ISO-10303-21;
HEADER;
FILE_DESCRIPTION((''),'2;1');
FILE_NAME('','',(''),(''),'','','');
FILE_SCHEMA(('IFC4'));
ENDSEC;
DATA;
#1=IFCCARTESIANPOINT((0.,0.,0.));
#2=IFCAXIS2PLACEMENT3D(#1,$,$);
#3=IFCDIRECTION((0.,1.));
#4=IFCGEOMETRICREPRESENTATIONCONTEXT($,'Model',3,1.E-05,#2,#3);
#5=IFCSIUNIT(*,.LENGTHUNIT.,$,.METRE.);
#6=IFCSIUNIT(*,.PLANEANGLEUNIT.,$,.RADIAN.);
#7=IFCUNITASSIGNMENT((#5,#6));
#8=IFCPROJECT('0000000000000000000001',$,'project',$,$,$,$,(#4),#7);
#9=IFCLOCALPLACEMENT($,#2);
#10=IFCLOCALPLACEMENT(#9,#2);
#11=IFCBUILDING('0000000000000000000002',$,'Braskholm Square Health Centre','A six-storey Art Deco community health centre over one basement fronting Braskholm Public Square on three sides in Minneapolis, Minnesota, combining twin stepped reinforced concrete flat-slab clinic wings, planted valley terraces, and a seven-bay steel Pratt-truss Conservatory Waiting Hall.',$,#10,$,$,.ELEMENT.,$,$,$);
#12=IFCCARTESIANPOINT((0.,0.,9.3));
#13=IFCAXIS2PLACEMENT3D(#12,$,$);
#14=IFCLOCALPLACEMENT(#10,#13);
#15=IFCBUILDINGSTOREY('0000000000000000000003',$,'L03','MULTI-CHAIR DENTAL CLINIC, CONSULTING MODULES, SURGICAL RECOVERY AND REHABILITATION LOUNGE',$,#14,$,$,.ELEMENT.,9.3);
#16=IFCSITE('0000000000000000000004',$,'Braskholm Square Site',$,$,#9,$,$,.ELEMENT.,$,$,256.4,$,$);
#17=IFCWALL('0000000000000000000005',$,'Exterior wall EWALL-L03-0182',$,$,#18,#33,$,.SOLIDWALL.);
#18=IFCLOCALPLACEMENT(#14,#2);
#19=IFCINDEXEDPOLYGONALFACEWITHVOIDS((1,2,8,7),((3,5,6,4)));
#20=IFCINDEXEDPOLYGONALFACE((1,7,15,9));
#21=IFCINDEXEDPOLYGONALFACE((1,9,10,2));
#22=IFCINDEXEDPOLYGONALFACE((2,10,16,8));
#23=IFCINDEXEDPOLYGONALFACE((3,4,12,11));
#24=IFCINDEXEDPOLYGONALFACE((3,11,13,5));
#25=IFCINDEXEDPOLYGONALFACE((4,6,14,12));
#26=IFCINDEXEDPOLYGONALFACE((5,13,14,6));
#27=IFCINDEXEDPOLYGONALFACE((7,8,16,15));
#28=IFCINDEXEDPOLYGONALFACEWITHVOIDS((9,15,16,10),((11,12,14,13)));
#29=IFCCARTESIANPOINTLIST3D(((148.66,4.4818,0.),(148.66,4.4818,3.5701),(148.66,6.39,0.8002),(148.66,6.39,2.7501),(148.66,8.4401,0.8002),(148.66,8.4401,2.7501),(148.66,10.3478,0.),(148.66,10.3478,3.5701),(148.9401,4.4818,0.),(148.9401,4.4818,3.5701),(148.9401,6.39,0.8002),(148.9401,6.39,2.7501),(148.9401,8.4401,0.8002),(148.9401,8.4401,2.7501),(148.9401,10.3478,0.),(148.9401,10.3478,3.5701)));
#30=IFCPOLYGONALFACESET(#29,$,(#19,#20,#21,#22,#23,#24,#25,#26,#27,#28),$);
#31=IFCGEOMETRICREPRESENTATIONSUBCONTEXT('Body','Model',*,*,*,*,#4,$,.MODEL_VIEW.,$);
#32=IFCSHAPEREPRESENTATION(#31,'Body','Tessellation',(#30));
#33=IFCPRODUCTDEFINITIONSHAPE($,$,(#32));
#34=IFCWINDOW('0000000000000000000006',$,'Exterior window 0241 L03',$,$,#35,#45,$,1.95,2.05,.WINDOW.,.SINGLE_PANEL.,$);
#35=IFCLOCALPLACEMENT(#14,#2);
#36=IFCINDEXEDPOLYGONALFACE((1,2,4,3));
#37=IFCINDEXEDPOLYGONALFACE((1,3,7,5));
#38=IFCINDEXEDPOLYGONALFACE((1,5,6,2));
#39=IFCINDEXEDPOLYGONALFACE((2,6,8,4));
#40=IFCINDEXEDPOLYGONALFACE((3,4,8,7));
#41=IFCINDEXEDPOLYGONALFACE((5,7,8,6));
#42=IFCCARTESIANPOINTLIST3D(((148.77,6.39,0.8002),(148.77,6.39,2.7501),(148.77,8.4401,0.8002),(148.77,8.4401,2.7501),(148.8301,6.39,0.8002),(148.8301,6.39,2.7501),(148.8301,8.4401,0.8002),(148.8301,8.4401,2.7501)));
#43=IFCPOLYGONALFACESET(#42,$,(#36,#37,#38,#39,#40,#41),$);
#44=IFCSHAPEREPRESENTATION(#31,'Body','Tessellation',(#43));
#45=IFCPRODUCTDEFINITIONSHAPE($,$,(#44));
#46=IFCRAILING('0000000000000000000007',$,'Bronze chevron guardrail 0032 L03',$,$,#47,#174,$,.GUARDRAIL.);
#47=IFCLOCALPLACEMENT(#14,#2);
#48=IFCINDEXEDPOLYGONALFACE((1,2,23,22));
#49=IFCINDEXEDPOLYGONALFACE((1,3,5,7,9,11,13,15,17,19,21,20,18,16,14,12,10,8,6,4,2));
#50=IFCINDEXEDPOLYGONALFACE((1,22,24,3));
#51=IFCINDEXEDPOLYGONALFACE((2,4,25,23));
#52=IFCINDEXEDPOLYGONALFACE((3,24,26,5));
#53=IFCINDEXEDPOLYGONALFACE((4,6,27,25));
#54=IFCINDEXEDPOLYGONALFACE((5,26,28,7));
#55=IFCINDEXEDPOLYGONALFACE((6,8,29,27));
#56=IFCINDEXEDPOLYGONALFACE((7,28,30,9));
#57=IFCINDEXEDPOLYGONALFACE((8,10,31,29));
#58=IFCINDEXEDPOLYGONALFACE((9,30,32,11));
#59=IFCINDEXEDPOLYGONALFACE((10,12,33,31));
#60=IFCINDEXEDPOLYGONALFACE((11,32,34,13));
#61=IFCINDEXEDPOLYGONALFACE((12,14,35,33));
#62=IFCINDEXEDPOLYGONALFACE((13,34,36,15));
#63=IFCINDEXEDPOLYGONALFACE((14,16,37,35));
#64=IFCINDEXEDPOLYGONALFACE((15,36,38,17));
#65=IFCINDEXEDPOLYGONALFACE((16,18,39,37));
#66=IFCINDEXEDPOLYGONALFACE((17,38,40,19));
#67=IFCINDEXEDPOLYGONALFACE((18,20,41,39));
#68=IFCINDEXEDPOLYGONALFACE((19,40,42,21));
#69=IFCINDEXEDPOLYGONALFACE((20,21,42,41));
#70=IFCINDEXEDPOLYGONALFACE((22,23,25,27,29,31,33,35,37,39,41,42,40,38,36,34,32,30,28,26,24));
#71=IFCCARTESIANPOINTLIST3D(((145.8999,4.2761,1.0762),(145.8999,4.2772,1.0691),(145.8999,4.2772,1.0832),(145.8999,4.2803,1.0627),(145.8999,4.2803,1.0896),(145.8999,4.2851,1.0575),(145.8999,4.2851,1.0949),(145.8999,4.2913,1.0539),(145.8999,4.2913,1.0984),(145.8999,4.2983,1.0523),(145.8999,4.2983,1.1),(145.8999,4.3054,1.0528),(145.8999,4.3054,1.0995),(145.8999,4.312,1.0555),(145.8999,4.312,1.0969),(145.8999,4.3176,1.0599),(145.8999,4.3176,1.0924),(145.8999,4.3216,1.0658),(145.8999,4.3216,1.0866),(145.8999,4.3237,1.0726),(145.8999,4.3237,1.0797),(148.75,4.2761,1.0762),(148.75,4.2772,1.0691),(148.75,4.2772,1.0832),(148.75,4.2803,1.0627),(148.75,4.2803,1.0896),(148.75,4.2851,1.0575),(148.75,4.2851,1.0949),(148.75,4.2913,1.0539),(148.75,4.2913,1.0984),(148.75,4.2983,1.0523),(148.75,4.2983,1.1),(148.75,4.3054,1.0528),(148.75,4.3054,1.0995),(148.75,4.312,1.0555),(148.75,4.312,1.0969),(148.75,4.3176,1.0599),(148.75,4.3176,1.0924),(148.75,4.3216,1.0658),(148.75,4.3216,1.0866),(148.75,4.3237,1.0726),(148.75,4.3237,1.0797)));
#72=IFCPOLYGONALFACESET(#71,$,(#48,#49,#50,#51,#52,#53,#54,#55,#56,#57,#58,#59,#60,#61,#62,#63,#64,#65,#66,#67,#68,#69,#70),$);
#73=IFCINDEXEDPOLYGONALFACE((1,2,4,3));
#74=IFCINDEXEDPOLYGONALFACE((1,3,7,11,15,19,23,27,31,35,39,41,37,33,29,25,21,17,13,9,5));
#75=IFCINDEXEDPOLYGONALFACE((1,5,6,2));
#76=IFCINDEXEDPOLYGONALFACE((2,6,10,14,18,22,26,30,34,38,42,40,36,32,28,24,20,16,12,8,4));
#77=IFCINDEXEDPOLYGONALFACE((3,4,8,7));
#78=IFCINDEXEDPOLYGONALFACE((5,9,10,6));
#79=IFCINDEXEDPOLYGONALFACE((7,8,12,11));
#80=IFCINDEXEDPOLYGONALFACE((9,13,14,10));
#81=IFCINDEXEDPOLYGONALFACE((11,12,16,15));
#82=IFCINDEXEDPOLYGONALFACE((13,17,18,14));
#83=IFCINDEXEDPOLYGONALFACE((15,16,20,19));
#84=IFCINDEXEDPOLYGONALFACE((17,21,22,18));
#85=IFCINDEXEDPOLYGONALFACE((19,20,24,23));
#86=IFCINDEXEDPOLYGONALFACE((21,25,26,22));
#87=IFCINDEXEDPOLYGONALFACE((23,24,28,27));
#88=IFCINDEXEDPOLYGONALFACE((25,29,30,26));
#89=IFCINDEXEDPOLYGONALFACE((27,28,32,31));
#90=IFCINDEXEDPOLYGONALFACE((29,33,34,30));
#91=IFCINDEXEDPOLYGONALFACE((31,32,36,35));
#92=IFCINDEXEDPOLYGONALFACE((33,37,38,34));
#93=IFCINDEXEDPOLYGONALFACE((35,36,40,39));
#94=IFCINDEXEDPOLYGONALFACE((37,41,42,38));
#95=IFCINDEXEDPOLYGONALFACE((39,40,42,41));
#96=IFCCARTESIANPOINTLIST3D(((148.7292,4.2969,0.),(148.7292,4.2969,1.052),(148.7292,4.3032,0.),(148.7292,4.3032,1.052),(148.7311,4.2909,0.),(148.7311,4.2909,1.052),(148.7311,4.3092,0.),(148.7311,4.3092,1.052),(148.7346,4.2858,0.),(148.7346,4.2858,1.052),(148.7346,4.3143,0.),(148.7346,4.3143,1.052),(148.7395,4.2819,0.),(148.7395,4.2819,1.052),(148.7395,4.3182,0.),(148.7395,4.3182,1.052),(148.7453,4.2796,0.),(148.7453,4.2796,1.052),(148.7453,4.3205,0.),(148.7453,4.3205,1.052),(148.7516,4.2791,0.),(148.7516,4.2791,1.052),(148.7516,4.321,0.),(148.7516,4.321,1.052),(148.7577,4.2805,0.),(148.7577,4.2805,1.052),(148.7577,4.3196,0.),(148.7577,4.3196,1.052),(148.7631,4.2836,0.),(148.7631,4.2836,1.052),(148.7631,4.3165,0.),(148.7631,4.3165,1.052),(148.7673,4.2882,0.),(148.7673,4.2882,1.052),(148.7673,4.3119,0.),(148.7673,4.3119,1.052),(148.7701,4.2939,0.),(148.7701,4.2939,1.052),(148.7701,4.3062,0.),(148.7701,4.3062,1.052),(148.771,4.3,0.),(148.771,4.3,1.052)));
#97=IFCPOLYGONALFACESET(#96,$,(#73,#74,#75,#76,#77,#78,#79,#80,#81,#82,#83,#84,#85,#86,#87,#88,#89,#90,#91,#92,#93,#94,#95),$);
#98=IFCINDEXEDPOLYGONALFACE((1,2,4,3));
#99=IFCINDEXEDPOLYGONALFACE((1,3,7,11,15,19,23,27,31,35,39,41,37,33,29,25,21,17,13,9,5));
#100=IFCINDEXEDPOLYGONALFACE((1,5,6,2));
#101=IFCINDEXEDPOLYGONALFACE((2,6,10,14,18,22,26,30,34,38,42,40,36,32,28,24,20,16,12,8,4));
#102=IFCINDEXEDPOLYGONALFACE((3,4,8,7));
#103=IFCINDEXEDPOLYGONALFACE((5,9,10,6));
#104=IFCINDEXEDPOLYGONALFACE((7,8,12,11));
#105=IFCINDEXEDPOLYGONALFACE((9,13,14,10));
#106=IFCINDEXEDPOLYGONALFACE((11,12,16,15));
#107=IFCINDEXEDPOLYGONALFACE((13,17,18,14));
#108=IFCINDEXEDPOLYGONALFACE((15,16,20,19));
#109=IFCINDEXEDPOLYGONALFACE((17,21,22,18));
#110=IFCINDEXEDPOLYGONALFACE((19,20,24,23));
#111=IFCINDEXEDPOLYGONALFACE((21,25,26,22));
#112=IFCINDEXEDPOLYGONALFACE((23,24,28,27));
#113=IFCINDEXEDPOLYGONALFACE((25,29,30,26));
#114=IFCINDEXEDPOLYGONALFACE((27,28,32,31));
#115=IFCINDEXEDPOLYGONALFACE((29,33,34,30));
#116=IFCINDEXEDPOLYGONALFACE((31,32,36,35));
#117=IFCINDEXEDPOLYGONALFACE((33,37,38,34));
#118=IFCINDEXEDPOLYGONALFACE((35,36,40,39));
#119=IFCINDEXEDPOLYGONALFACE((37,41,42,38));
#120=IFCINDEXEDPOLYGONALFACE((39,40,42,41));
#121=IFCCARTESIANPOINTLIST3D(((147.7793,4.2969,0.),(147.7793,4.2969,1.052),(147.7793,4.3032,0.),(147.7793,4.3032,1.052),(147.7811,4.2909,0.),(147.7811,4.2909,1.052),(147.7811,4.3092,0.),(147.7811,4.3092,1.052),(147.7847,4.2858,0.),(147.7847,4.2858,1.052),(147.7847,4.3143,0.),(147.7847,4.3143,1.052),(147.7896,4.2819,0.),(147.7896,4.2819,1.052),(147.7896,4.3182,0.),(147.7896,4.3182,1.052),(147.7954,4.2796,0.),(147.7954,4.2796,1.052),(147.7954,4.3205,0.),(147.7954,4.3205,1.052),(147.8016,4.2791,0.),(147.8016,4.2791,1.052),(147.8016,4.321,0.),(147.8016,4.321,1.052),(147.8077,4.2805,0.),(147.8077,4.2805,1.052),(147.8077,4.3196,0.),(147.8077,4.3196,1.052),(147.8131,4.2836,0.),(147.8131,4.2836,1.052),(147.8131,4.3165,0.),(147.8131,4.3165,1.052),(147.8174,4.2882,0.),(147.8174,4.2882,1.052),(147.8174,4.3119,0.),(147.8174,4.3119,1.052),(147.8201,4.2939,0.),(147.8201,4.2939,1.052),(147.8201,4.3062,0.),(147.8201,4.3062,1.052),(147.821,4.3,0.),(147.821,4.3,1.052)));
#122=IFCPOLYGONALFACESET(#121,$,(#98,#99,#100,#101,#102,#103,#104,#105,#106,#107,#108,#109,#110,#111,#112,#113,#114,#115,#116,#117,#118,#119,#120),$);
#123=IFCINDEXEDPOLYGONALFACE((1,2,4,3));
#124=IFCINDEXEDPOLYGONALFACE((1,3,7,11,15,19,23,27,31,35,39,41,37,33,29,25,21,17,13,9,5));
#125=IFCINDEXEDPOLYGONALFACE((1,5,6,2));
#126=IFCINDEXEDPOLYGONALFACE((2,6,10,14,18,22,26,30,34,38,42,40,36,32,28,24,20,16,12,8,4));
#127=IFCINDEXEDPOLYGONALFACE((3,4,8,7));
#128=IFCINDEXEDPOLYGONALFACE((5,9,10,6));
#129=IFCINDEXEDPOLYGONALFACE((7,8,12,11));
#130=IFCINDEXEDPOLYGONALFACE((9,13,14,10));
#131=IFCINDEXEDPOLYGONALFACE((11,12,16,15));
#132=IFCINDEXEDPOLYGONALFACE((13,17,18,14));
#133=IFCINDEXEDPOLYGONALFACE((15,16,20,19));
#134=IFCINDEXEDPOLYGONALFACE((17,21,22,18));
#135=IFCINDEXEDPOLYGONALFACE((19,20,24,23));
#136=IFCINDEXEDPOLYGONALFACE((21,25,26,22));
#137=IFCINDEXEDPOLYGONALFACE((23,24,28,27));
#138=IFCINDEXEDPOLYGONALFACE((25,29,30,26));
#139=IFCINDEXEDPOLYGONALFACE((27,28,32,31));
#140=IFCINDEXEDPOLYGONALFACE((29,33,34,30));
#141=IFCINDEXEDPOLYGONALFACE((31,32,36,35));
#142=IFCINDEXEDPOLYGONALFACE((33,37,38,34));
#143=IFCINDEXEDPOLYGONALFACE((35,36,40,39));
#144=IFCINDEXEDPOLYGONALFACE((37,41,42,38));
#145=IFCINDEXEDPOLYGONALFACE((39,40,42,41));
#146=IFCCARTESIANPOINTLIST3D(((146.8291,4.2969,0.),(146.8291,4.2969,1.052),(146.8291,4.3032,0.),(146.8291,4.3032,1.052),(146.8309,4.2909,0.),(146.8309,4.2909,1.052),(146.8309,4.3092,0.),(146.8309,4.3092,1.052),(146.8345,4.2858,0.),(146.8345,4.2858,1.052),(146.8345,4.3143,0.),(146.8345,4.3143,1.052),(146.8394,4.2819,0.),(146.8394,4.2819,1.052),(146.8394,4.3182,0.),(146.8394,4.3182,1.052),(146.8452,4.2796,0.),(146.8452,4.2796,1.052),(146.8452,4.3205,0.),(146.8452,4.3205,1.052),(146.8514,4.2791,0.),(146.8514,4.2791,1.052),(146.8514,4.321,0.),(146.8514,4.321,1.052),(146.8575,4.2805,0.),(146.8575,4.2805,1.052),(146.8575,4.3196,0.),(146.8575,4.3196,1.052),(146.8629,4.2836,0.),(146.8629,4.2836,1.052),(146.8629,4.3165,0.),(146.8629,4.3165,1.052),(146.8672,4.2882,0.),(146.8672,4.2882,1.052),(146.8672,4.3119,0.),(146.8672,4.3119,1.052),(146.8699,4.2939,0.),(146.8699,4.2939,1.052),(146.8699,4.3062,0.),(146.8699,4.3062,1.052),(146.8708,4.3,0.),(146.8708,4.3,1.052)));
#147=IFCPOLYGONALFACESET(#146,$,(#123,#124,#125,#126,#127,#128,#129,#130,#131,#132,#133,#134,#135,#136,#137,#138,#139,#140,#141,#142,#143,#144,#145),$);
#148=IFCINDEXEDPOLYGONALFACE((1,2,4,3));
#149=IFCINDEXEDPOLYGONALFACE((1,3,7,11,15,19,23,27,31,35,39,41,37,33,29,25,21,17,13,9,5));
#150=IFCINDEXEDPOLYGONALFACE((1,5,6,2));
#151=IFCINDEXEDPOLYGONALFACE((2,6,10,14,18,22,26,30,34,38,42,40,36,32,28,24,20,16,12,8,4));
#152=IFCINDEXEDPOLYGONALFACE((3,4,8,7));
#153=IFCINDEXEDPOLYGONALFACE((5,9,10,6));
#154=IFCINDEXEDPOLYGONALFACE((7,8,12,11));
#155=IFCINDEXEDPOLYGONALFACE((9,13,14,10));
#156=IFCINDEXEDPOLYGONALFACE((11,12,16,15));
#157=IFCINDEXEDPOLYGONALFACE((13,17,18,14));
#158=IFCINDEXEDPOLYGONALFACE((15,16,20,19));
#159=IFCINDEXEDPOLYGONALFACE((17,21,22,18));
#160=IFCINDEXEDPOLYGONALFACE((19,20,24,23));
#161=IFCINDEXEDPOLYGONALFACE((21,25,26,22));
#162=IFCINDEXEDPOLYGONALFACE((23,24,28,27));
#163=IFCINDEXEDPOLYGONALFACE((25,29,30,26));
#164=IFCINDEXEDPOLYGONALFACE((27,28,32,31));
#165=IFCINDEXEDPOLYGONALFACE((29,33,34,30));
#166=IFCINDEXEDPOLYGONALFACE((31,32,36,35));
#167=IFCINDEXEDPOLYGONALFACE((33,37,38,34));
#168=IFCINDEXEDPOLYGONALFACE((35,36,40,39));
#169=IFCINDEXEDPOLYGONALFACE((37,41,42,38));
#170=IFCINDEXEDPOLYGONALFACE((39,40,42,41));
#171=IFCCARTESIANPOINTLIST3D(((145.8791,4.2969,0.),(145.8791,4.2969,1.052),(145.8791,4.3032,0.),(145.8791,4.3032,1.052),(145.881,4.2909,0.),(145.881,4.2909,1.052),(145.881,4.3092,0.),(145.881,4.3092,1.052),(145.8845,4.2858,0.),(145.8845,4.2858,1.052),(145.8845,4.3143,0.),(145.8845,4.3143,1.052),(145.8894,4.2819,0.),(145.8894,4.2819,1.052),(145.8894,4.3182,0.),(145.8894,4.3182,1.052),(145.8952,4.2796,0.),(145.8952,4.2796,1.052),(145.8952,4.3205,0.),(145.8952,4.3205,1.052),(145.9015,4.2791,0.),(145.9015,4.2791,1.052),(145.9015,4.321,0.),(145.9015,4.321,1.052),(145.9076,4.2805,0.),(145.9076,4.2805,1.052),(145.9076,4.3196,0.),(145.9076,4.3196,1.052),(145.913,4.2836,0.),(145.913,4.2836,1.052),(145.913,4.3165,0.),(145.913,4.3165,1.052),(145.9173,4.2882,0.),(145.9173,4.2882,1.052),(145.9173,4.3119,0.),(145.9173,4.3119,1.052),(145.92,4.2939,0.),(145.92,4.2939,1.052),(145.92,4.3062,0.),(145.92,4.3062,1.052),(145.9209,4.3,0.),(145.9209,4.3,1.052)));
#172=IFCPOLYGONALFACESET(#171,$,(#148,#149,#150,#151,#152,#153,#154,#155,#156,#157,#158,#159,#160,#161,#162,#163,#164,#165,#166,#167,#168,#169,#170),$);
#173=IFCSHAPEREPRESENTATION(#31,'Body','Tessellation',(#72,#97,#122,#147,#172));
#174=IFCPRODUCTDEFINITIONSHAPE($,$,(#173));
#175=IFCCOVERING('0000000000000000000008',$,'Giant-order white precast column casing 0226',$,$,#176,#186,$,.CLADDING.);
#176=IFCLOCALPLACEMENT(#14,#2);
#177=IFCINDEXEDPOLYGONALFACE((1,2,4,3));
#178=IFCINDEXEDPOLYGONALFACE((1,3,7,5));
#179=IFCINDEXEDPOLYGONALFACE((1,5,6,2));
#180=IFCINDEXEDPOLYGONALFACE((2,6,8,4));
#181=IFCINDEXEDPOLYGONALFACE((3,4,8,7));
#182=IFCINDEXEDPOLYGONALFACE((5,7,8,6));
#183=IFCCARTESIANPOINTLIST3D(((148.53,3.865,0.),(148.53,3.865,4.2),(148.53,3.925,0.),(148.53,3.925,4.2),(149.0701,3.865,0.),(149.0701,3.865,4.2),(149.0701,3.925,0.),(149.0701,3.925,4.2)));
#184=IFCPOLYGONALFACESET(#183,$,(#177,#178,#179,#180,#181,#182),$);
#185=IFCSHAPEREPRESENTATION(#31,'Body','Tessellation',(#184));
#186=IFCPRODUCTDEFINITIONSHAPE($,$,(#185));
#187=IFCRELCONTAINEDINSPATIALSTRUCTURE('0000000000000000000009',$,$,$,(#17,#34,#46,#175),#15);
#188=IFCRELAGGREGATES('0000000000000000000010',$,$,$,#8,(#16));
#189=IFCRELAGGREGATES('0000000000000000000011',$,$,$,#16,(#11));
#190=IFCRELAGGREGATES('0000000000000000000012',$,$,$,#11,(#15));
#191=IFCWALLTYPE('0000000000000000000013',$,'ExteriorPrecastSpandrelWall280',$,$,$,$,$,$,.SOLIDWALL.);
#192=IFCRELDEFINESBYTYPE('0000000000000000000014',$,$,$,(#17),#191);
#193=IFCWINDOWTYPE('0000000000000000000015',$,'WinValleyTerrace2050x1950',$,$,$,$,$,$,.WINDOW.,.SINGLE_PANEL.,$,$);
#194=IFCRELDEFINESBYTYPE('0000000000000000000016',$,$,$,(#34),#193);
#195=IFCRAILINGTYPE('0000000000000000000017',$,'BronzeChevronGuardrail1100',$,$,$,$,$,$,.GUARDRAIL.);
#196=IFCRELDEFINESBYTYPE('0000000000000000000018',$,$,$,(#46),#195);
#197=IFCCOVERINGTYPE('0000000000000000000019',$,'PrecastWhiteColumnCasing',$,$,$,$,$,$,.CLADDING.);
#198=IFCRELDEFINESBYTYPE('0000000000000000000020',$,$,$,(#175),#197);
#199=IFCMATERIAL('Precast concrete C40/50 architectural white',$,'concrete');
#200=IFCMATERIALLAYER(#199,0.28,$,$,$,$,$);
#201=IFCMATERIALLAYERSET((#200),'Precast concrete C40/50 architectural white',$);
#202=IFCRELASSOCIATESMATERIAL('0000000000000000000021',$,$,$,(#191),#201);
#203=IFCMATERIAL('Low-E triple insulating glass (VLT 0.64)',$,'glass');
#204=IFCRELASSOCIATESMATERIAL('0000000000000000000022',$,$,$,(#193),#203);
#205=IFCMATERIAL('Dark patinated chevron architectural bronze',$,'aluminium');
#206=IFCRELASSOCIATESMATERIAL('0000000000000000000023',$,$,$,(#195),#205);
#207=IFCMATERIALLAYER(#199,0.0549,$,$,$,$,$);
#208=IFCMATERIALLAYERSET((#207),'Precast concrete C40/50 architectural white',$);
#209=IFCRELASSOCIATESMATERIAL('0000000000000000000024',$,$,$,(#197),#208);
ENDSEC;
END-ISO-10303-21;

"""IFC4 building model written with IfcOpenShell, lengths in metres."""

from ifc_helpers import new_model, si_unit, direction, frame, frame_2d, origin, origin_with_axes, origin_2d, place, context, subcontext, project, spatial, rectangle, circle, extrude, material, layer, layer_set, type_object, element, fill, save


model = new_model("IFC4")

# Units and contexts
model_context = context("Model", 3, precision=1e-05, world=origin(), true_north=direction((0.0, 1.0)))
body_context = subcontext(model_context, "Body", "Model", "MODEL_VIEW")
ifc_project = project(units=[si_unit("LENGTHUNIT", "METRE"), si_unit("PLANEANGLEUNIT", "RADIAN")], contexts=[model_context])

# Site, building, storey
site_placement = place(None, origin())
site = spatial("IfcSite", under=ifc_project, at=site_placement, Name="Braskholm Square Site", CompositionType="ELEMENT", RefElevation=256.4)
building_placement = place(site_placement, origin())
building = spatial("IfcBuilding", under=site, at=building_placement, Name="Braskholm Square Health Centre", Description="A six-storey Art Deco community health centre over one basement fronting Braskholm Public Square on three sides in Minneapolis, Minnesota, combining twin stepped reinforced concrete flat-slab clinic wings, planted valley terraces, and a seven-bay steel Pratt-truss Conservatory Waiting Hall.", CompositionType="ELEMENT")
storey_placement = place(building_placement, frame((0.0, 0.0, 9.3)))
storey = spatial("IfcBuildingStorey", under=building, at=storey_placement, Name="L03", Description="MULTI-CHAIR DENTAL CLINIC, CONSULTING MODULES, SURGICAL RECOVERY AND REHABILITATION LOUNGE", CompositionType="ELEMENT", Elevation=9.3)

# Shared definitions
ifc_material_1 = material(Name="Precast concrete C40/50 architectural white", Category="concrete")

# Shared definitions
ifc_material_2 = material(Name="Low-E triple insulating glass (VLT 0.64)", Category="glass")

# Wall, opening, window
ifc_layer_1 = layer(ifc_material_1, 0.28)
ifc_layer_set_1 = layer_set([ifc_layer_1], Name="Precast concrete C40/50 architectural white")
wall_type = type_object("IfcWallType", Name="ExteriorPrecastSpandrelWall280", PredefinedType="SOLIDWALL", material=ifc_layer_set_1)
wall_placement = place(storey_placement, frame((148.8, 10.3479, 0.0), z_axis=(0.0, 0.0, 1.0), x_axis=(0.0, -1.0, 0.0)))
wall = element("IfcWall", 1, at=wall_placement, inside=storey, type_object=wall_type, Name="Exterior wall EWALL-L03-0182", PredefinedType="SOLIDWALL", context=body_context, shape_type="SweptSolid", body=[
    extrude(rectangle(XDim=5.866, YDim=0.28, at=frame_2d((2.9331, 0.0))), origin(), (0.0, 0.0, 1.0), 3.5701),
])
opening_placement = place(wall_placement, frame((1.908, 0.0, 0.8)))
opening = element("IfcOpeningElement", 2, at=opening_placement, cuts=wall, PredefinedType="OPENING", context=body_context, shape_type="SweptSolid", body=[
    extrude(rectangle(XDim=2.05, YDim=1.95, at=frame_2d((1.0249, 0.9751))), frame((0.0, 0.1499, 0.0), z_axis=(0.0, -1.0, 0.0), x_axis=(1.0, 0.0, 0.0)), (0.0, 0.0, 1.0), 0.3),
])
window_type = type_object("IfcWindowType", Name="WinValleyTerrace2050x1950", PartitioningType="SINGLE_PANEL", PredefinedType="WINDOW", material=ifc_material_2)
window_placement = place(opening_placement, origin_with_axes())
window = element("IfcWindow", 3, at=window_placement, inside=storey, type_object=window_type, Name="Exterior window 0241 L03", OverallHeight=1.95, OverallWidth=2.05, PartitioningType="SINGLE_PANEL", PredefinedType="WINDOW", context=body_context, shape_type="SweptSolid", body=[
    extrude(rectangle(XDim=2.05, YDim=1.95, at=frame_2d((1.0249, 0.9751))), frame((0.0, 0.03, 0.0), z_axis=(0.0, -1.0, 0.0), x_axis=(1.0, 0.0, 0.0)), (0.0, 0.0, 1.0), 0.0601),
])
fill(opening, window)

# Railing
ifc_material_3 = material(Name="Dark patinated chevron architectural bronze", Category="aluminium")
railing_type = type_object("IfcRailingType", Name="BronzeChevronGuardrail1100", PredefinedType="GUARDRAIL", material=ifc_material_3)
railing_1_placement = place(storey_placement, frame((148.75, 4.3, 0.0)))
element("IfcRailing", 4, at=railing_1_placement, inside=storey, type_object=railing_type, Name="Bronze chevron guardrail 0032 L03", PredefinedType="GUARDRAIL", context=body_context, shape_type="SweptSolid", body=[
    extrude(circle(Radius=0.0239, at=origin_2d()), frame((0.0, 0.0, 1.0762), z_axis=(-1.0, 0.0, 0.0), x_axis=(0.0, -1.0, 0.0)), (0.0, 0.0, 1.0), 2.8501),
    extrude(circle(Radius=0.021, at=origin_2d()), origin(), (0.0, 0.0, 1.0), 1.052),
    extrude(circle(Radius=0.021, at=origin_2d()), frame((-0.95, 0.0, 0.0)), (0.0, 0.0, 1.0), 1.052),
    extrude(circle(Radius=0.021, at=origin_2d()), frame((-1.9001, 0.0, 0.0)), (0.0, 0.0, 1.0), 1.052),
    extrude(circle(Radius=0.021, at=origin_2d()), frame((-2.8501, 0.0, 0.0)), (0.0, 0.0, 1.0), 1.052),
])

# Covering
ifc_layer_2 = layer(ifc_material_1, 0.0549)
ifc_layer_set_2 = layer_set([ifc_layer_2], Name="Precast concrete C40/50 architectural white")
covering_type = type_object("IfcCoveringType", Name="PrecastWhiteColumnCasing", PredefinedType="CLADDING", material=ifc_layer_set_2)
covering_placement = place(storey_placement, frame((148.8, 3.895, 0.0), z_axis=(0.0, 0.0, 1.0), x_axis=(1.0, 0.0, 0.0)))
element("IfcCovering", 5, at=covering_placement, inside=storey, type_object=covering_type, Name="Giant-order white precast column casing 0226", PredefinedType="CLADDING", context=body_context, shape_type="SweptSolid", body=[
    extrude(rectangle(XDim=0.54, YDim=0.0601, at=origin_2d()), origin(), (0.0, 0.0, 1.0), 4.2),
])

save(model, "model.ifc")
